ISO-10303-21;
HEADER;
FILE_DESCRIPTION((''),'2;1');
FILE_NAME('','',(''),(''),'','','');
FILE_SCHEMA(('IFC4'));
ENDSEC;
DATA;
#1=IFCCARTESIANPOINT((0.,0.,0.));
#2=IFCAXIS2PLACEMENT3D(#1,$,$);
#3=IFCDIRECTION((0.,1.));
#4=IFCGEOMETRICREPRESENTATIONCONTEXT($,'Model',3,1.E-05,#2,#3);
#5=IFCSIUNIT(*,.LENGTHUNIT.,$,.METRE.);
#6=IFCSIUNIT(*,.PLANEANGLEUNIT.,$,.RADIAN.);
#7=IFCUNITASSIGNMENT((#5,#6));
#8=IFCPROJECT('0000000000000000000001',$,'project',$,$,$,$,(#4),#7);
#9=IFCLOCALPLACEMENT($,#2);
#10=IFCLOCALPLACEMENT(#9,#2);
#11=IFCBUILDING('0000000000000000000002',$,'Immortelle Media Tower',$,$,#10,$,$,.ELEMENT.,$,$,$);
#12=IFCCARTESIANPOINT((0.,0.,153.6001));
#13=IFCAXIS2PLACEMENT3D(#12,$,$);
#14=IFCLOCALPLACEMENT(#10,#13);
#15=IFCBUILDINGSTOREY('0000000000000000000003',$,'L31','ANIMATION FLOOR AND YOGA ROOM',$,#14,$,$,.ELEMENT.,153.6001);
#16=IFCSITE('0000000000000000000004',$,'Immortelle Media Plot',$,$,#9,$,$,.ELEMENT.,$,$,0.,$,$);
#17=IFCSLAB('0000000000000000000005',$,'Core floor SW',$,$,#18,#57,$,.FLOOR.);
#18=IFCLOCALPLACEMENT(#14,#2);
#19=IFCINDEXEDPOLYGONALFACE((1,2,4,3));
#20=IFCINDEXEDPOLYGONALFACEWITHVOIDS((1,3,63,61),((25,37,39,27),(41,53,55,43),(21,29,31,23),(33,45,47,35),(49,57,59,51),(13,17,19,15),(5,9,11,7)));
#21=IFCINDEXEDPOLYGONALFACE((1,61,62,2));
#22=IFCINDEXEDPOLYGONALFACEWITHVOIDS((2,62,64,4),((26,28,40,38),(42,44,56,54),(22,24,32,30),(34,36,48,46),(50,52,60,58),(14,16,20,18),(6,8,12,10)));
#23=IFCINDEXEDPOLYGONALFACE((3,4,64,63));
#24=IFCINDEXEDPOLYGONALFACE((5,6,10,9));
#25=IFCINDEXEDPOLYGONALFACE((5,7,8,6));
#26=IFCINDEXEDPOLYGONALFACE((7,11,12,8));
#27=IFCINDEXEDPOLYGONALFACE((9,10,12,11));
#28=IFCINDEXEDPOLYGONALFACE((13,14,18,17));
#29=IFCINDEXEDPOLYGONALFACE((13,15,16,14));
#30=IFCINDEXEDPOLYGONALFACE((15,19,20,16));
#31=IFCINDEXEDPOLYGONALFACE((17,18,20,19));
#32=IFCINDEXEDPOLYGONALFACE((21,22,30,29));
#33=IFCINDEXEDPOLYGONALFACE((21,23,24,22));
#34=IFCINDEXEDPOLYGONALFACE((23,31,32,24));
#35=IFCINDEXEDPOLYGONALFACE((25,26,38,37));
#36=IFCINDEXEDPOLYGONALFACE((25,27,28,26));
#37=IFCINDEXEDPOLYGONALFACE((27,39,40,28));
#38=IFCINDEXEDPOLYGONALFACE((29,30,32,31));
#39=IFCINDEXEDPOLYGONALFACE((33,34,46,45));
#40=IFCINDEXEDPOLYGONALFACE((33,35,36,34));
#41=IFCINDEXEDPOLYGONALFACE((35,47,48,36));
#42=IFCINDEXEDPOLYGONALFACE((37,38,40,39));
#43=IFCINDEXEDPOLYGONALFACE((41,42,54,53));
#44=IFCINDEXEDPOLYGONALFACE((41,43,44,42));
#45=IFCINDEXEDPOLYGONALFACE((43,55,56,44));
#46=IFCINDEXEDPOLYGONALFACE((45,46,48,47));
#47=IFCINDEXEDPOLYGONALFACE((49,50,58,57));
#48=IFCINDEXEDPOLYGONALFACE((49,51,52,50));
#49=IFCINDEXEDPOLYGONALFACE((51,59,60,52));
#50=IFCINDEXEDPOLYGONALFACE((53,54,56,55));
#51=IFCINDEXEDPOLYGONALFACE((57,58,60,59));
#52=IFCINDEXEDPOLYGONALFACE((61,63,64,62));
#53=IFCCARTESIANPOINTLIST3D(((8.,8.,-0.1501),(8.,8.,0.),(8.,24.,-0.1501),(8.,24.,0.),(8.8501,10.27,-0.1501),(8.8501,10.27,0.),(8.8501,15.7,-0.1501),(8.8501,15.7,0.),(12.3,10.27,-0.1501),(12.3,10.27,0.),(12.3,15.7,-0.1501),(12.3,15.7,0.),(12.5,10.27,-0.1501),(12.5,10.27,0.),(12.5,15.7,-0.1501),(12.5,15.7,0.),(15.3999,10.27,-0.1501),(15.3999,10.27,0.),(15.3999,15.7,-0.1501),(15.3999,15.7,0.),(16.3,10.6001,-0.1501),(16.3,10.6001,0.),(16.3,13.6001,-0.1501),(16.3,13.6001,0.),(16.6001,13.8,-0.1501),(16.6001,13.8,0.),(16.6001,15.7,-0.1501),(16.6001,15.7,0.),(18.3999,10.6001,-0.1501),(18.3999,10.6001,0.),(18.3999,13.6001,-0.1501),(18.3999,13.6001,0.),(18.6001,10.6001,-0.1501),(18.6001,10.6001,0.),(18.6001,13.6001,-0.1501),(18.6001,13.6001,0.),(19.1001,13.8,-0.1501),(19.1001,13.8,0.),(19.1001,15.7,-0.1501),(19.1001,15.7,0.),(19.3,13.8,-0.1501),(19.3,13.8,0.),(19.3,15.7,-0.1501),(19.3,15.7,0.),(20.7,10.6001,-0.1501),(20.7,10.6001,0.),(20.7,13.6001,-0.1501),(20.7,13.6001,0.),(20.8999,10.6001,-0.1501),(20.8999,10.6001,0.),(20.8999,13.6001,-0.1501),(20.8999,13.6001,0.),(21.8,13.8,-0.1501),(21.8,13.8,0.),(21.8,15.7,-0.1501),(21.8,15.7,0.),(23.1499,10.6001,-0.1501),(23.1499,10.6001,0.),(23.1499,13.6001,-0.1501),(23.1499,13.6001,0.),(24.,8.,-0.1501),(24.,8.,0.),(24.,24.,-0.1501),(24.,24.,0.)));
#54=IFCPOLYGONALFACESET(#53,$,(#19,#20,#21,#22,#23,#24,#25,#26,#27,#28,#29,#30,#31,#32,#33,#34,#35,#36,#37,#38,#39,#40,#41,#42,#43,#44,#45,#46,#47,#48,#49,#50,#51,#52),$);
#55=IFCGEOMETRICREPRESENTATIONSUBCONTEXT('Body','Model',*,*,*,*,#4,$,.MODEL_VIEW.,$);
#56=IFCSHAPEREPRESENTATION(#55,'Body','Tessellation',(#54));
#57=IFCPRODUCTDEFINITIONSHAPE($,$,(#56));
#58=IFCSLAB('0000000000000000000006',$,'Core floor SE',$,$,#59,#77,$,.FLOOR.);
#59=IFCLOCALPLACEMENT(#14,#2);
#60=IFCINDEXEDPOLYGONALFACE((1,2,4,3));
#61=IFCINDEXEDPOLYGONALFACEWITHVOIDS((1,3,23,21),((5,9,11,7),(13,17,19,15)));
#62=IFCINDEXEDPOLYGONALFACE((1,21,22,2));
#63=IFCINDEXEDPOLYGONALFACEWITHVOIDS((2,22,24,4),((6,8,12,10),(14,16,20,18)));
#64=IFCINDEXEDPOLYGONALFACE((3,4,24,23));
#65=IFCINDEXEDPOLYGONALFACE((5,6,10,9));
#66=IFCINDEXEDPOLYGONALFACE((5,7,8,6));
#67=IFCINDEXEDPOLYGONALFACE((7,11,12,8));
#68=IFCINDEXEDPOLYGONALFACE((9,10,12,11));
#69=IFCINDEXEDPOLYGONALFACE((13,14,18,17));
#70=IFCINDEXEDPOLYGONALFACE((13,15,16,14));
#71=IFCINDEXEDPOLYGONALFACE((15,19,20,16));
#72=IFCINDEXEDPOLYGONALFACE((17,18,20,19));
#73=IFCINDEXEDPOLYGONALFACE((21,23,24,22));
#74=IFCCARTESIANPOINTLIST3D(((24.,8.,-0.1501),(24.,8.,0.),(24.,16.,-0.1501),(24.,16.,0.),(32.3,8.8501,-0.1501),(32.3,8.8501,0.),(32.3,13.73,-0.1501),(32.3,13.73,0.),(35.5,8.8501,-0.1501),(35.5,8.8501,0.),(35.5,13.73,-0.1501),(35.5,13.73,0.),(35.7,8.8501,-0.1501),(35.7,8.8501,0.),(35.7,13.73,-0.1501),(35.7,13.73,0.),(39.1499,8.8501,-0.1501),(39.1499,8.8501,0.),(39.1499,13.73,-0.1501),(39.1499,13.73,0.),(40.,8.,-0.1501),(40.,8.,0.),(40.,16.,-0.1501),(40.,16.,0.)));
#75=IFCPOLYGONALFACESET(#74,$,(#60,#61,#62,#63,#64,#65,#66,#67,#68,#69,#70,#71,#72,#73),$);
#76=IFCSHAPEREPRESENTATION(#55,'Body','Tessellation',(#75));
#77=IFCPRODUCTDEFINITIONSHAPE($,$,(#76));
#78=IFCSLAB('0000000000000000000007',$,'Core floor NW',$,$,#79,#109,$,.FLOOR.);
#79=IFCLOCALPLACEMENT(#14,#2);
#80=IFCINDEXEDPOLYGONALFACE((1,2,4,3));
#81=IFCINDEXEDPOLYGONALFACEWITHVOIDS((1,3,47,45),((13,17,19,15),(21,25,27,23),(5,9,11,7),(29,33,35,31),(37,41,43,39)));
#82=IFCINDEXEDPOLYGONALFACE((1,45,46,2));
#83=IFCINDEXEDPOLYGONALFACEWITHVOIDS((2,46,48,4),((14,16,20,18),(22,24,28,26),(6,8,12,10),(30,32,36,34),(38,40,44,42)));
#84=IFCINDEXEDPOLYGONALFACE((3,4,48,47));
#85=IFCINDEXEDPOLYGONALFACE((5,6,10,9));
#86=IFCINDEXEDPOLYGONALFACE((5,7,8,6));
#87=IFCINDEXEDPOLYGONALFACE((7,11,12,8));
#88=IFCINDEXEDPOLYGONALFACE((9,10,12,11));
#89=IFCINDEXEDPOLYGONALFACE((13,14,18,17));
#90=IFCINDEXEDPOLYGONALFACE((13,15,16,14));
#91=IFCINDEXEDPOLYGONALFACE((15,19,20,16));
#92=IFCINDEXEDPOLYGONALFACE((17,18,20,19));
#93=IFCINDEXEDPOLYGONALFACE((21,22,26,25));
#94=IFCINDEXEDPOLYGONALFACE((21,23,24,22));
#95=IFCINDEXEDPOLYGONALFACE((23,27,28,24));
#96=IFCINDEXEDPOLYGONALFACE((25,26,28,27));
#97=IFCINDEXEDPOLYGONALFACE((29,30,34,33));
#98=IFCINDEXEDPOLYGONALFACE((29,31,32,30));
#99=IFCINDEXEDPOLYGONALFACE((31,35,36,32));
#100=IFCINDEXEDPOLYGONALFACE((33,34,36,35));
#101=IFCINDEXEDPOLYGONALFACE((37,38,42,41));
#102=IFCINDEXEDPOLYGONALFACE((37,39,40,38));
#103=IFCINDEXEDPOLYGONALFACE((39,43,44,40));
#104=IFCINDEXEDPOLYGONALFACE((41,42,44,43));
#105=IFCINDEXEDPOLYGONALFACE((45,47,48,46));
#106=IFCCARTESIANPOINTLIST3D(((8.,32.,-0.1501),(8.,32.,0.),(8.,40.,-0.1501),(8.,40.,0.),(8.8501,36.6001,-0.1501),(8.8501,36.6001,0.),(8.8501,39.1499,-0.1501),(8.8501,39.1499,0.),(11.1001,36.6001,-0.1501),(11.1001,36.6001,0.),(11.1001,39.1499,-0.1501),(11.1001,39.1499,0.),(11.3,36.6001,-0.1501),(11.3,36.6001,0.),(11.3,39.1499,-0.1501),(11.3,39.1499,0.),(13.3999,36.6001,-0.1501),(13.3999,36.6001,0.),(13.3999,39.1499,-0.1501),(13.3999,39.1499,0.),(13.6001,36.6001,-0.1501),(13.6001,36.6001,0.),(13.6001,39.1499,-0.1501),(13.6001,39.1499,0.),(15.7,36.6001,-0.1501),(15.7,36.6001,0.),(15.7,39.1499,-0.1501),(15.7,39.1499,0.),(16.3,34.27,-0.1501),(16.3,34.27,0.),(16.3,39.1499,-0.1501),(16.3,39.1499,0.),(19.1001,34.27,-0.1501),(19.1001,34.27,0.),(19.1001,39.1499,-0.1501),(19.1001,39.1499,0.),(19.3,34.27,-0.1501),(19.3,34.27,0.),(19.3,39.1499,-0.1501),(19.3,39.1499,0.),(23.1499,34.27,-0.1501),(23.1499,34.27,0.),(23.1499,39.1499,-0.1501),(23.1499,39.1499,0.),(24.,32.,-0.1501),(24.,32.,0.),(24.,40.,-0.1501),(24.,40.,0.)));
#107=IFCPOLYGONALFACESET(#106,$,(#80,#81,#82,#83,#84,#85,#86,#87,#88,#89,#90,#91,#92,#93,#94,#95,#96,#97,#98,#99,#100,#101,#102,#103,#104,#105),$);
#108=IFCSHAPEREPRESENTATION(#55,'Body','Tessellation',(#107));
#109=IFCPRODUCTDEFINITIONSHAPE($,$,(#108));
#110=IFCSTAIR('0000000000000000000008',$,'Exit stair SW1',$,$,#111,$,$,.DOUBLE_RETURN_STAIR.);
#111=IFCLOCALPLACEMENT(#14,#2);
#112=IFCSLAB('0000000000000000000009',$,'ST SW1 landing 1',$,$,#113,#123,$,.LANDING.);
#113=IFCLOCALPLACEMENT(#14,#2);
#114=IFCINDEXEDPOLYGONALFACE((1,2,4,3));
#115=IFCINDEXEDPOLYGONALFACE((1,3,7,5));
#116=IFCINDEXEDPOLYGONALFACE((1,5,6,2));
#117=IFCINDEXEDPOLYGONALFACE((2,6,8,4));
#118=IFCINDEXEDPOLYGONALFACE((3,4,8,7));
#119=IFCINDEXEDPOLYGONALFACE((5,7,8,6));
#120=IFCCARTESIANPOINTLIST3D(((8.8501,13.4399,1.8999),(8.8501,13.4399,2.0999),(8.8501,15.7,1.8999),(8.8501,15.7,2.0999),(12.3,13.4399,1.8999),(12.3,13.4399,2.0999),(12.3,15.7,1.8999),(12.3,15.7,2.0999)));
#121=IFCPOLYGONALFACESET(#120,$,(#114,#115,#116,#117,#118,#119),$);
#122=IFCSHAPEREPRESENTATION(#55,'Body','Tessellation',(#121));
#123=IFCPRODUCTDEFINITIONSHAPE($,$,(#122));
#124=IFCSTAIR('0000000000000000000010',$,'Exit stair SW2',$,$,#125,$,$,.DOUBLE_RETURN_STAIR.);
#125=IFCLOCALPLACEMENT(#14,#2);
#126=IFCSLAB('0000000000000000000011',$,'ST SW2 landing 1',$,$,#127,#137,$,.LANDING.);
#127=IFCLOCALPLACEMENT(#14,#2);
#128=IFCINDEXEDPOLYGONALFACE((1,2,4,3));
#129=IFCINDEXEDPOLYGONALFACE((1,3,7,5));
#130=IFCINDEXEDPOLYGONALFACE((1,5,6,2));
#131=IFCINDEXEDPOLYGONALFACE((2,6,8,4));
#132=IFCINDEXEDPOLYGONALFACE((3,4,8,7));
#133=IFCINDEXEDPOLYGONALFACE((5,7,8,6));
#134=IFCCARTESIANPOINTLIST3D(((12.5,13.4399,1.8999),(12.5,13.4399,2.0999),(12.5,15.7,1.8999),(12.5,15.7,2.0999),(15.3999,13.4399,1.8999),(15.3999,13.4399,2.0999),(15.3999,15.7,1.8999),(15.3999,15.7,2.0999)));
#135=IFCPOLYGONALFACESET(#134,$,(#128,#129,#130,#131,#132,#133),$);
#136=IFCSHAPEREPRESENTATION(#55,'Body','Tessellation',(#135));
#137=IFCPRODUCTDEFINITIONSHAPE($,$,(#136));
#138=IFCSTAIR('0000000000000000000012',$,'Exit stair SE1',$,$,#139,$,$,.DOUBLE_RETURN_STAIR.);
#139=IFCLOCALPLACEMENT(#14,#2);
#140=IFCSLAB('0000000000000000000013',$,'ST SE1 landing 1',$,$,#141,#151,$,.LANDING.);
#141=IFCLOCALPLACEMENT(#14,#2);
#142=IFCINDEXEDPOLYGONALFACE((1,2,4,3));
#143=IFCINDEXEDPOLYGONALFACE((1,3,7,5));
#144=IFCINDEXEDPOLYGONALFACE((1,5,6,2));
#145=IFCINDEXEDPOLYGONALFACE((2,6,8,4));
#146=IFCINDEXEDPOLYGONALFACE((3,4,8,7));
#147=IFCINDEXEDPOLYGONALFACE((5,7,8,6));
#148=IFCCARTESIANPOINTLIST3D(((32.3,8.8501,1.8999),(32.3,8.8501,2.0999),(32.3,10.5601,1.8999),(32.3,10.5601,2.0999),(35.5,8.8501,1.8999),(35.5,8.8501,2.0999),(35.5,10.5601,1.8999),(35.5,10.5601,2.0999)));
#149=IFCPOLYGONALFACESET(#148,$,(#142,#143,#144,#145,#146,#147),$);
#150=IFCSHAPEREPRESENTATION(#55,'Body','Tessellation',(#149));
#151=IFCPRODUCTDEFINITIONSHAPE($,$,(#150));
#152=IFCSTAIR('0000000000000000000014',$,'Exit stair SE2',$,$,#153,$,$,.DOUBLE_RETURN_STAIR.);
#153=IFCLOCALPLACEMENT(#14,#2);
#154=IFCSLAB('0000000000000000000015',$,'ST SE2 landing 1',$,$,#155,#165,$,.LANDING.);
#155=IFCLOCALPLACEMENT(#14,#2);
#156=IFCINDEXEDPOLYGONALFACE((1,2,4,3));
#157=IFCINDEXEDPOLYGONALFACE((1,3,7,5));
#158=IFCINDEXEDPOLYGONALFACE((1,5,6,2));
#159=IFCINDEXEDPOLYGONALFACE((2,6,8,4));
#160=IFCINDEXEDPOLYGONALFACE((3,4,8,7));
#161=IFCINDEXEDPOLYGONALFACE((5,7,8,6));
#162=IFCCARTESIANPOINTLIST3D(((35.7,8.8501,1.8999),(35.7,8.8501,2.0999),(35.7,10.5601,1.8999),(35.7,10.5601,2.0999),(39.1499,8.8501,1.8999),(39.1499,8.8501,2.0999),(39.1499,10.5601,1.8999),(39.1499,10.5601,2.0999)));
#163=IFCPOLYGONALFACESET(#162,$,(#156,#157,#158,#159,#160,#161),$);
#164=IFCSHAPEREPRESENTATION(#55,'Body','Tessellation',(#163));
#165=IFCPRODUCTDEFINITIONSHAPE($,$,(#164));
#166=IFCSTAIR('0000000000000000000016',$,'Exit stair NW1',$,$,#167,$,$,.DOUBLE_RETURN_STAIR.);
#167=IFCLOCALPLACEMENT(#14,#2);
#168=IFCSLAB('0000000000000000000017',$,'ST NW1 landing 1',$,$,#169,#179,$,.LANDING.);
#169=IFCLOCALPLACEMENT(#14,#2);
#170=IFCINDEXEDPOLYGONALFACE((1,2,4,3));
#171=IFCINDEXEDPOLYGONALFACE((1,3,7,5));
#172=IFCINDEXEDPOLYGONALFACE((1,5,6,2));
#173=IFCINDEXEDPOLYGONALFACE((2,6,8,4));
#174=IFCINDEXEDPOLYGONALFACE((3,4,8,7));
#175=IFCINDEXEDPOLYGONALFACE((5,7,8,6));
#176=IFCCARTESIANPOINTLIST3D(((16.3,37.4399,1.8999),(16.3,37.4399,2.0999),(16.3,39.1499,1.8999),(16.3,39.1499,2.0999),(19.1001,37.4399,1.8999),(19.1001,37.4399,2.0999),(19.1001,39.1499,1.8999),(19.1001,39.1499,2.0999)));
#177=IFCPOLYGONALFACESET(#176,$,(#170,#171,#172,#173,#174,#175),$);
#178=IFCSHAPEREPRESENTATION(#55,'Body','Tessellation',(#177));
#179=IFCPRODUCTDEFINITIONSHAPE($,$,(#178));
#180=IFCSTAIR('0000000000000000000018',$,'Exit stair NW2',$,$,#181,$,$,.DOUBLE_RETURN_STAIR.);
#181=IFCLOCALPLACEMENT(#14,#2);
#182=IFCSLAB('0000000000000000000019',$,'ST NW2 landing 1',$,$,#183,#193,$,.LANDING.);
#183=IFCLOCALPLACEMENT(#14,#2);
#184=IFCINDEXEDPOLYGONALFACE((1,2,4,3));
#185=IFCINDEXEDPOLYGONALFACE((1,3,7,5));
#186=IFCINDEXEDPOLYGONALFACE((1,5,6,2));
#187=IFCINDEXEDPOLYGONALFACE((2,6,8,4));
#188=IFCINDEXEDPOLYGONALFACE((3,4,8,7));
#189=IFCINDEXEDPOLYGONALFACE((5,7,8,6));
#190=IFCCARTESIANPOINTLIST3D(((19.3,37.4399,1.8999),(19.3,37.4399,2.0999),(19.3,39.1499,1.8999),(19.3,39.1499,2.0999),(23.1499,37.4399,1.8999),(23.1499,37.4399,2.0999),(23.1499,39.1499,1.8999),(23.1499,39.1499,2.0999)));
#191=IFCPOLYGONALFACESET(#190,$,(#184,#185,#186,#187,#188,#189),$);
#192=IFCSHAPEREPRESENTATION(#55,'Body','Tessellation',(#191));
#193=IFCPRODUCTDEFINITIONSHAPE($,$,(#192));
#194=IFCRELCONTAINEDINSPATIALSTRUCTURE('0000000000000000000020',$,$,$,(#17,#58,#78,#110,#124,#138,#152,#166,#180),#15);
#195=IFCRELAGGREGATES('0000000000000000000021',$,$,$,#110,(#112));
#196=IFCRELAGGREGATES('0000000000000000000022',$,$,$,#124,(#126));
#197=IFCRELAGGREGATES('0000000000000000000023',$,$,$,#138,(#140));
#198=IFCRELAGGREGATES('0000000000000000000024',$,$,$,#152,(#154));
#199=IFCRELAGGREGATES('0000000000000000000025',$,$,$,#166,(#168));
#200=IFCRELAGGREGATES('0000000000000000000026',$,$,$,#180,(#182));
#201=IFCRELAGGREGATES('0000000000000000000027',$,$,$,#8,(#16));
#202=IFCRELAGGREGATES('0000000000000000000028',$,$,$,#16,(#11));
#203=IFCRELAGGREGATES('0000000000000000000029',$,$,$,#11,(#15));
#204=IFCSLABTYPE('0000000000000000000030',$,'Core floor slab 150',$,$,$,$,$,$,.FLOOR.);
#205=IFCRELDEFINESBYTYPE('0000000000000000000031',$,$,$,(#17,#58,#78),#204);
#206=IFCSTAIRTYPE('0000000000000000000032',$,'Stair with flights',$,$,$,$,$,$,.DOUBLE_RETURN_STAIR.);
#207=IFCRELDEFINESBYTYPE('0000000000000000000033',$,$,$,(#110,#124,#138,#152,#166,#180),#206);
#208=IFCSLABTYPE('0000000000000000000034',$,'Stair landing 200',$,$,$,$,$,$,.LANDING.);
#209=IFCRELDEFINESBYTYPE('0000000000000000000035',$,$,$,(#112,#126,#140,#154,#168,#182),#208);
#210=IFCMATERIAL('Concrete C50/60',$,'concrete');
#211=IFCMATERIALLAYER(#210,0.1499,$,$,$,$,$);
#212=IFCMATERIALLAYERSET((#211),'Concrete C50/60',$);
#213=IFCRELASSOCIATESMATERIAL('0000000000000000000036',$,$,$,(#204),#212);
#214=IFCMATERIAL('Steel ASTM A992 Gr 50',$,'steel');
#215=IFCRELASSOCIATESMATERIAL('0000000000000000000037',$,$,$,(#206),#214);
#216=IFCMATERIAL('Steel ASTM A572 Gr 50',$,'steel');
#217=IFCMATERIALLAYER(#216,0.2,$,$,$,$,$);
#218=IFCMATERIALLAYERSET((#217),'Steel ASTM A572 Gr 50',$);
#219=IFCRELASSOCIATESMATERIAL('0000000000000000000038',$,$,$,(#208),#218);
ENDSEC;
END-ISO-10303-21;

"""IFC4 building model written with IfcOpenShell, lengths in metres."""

from ifc_helpers import new_model, si_unit, direction, frame, origin, place, context, subcontext, project, spatial, polyline, outline, extrude, material, layer, layer_set, type_object, element, aggregate, save


model = new_model("IFC4")

# Units and contexts
model_context = context("Model", 3, precision=1e-05, world=origin(), true_north=direction((0.0, 1.0)))
body_context = subcontext(model_context, "Body", "Model", "MODEL_VIEW")
ifc_project = project(units=[si_unit("LENGTHUNIT", "METRE"), si_unit("PLANEANGLEUNIT", "RADIAN")], contexts=[model_context])

# Site, building, storey
site_placement = place(None, origin())
site = spatial("IfcSite", under=ifc_project, at=site_placement, Name="Immortelle Media Plot", CompositionType="ELEMENT", RefElevation=0.0)
building_placement = place(site_placement, origin())
building = spatial("IfcBuilding", under=site, at=building_placement, Name="Immortelle Media Tower", CompositionType="ELEMENT")
storey_placement = place(building_placement, frame((0.0, 0.0, 153.6001)))
storey = spatial("IfcBuildingStorey", under=building, at=storey_placement, Name="L31", Description="ANIMATION FLOOR AND YOGA ROOM", CompositionType="ELEMENT", Elevation=153.6001)

# Slabs
ifc_material_1 = material(Name="Concrete C50/60", Category="concrete")
ifc_layer_1 = layer(ifc_material_1, 0.1499)
ifc_layer_set_1 = layer_set([ifc_layer_1], Name="Concrete C50/60")
slab_type_1 = type_object("IfcSlabType", Name="Core floor slab 150", PredefinedType="FLOOR", material=ifc_layer_set_1)
slab_1_placement = place(storey_placement, frame((0.0, 0.0, -0.1501)))
element("IfcSlab", 1, at=slab_1_placement, inside=storey, type_object=slab_type_1, Name="Core floor SW", PredefinedType="FLOOR", context=body_context, shape_type="SweptSolid", body=[
    extrude(outline(polyline([(8.0, 8.0), (24.0, 8.0), (24.0, 24.0), (8.0, 24.0), (8.0, 8.0)]), holes=[polyline([(16.6001, 13.8), (19.1001, 13.8), (19.1001, 15.7), (16.6001, 15.7), (16.6001, 13.8)]), polyline([(19.3, 13.8), (21.8, 13.8), (21.8, 15.7), (19.3, 15.7), (19.3, 13.8)]), polyline([(16.3, 10.6001), (18.3999, 10.6001), (18.3999, 13.6001), (16.3, 13.6001), (16.3, 10.6001)]), polyline([(18.6001, 10.6001), (20.7, 10.6001), (20.7, 13.6001), (18.6001, 13.6001), (18.6001, 10.6001)]), polyline([(20.8999, 10.6001), (23.1499, 10.6001), (23.1499, 13.6001), (20.8999, 13.6001), (20.8999, 10.6001)]), polyline([(8.8501, 10.27), (12.3, 10.27), (12.3, 15.7), (8.8501, 15.7), (8.8501, 10.27)]), polyline([(12.5, 10.27), (15.3999, 10.27), (15.3999, 15.7), (12.5, 15.7), (12.5, 10.27)])]), origin(), (0.0, 0.0, 1.0), 0.1501),
])
slab_2_placement = place(storey_placement, frame((0.0, 0.0, -0.1501)))
element("IfcSlab", 2, at=slab_2_placement, inside=storey, type_object=slab_type_1, Name="Core floor SE", PredefinedType="FLOOR", context=body_context, shape_type="SweptSolid", body=[
    extrude(outline(polyline([(24.0, 8.0), (40.0, 8.0), (40.0, 16.0), (24.0, 16.0), (24.0, 8.0)]), holes=[polyline([(32.3, 8.8501), (35.5, 8.8501), (35.5, 13.73), (32.3, 13.73), (32.3, 8.8501)]), polyline([(35.7, 8.8501), (39.1499, 8.8501), (39.1499, 13.73), (35.7, 13.73), (35.7, 8.8501)])]), origin(), (0.0, 0.0, 1.0), 0.1501),
])
slab_3_placement = place(storey_placement, frame((0.0, 0.0, -0.1501)))
element("IfcSlab", 3, at=slab_3_placement, inside=storey, type_object=slab_type_1, Name="Core floor NW", PredefinedType="FLOOR", context=body_context, shape_type="SweptSolid", body=[
    extrude(outline(polyline([(8.0, 32.0), (24.0, 32.0), (24.0, 40.0), (8.0, 40.0), (8.0, 32.0)]), holes=[polyline([(8.8501, 36.6001), (11.1001, 36.6001), (11.1001, 39.1499), (8.8501, 39.1499), (8.8501, 36.6001)]), polyline([(11.3, 36.6001), (13.3999, 36.6001), (13.3999, 39.1499), (11.3, 39.1499), (11.3, 36.6001)]), polyline([(13.6001, 36.6001), (15.7, 36.6001), (15.7, 39.1499), (13.6001, 39.1499), (13.6001, 36.6001)]), polyline([(16.3, 34.27), (19.1001, 34.27), (19.1001, 39.1499), (16.3, 39.1499), (16.3, 34.27)]), polyline([(19.3, 34.27), (23.1499, 34.27), (23.1499, 39.1499), (19.3, 39.1499), (19.3, 34.27)])]), origin(), (0.0, 0.0, 1.0), 0.1501),
])

# Stairs, slabs
ifc_material_2 = material(Name="Steel ASTM A992 Gr 50", Category="steel")
stair_type = type_object("IfcStairType", Name="Stair with flights", PredefinedType="DOUBLE_RETURN_STAIR", material=ifc_material_2)
stair_1_placement = place(storey_placement, origin())
stair_1 = element("IfcStair", 4, at=stair_1_placement, inside=storey, type_object=stair_type, Name="Exit stair SW1", PredefinedType="DOUBLE_RETURN_STAIR")
ifc_material_3 = material(Name="Steel ASTM A572 Gr 50", Category="steel")
ifc_layer_2 = layer(ifc_material_3, 0.2)
ifc_layer_set_2 = layer_set([ifc_layer_2], Name="Steel ASTM A572 Gr 50")
slab_type_2 = type_object("IfcSlabType", Name="Stair landing 200", PredefinedType="LANDING", material=ifc_layer_set_2)
slab_4_placement = place(storey_placement, frame((0.0, 0.0, 1.8999)))
slab_4 = element("IfcSlab", 5, at=slab_4_placement, type_object=slab_type_2, Name="ST SW1 landing 1", PredefinedType="LANDING", context=body_context, shape_type="SweptSolid", body=[
    extrude(outline(polyline([(8.8501, 13.4399), (12.3, 13.4399), (12.3, 15.7), (8.8501, 15.7), (8.8501, 13.4399)])), origin(), (0.0, 0.0, 1.0), 0.2),
])
aggregate(stair_1, [slab_4])
stair_2_placement = place(storey_placement, origin())
stair_2 = element("IfcStair", 6, at=stair_2_placement, inside=storey, type_object=stair_type, Name="Exit stair SW2", PredefinedType="DOUBLE_RETURN_STAIR")
slab_5_placement = place(storey_placement, frame((0.0, 0.0, 1.8999)))
slab_5 = element("IfcSlab", 7, at=slab_5_placement, type_object=slab_type_2, Name="ST SW2 landing 1", PredefinedType="LANDING", context=body_context, shape_type="SweptSolid", body=[
    extrude(outline(polyline([(12.5, 13.4399), (15.3999, 13.4399), (15.3999, 15.7), (12.5, 15.7), (12.5, 13.4399)])), origin(), (0.0, 0.0, 1.0), 0.2),
])
aggregate(stair_2, [slab_5])
stair_3_placement = place(storey_placement, origin())
stair_3 = element("IfcStair", 8, at=stair_3_placement, inside=storey, type_object=stair_type, Name="Exit stair SE1", PredefinedType="DOUBLE_RETURN_STAIR")
slab_6_placement = place(storey_placement, frame((0.0, 0.0, 1.8999)))
slab_6 = element("IfcSlab", 9, at=slab_6_placement, type_object=slab_type_2, Name="ST SE1 landing 1", PredefinedType="LANDING", context=body_context, shape_type="SweptSolid", body=[
    extrude(outline(polyline([(32.3, 8.8501), (35.5, 8.8501), (35.5, 10.5601), (32.3, 10.5601), (32.3, 8.8501)])), origin(), (0.0, 0.0, 1.0), 0.2),
])
aggregate(stair_3, [slab_6])
stair_4_placement = place(storey_placement, origin())
stair_4 = element("IfcStair", 10, at=stair_4_placement, inside=storey, type_object=stair_type, Name="Exit stair SE2", PredefinedType="DOUBLE_RETURN_STAIR")
slab_7_placement = place(storey_placement, frame((0.0, 0.0, 1.8999)))
slab_7 = element("IfcSlab", 11, at=slab_7_placement, type_object=slab_type_2, Name="ST SE2 landing 1", PredefinedType="LANDING", context=body_context, shape_type="SweptSolid", body=[
    extrude(outline(polyline([(35.7, 8.8501), (39.1499, 8.8501), (39.1499, 10.5601), (35.7, 10.5601), (35.7, 8.8501)])), origin(), (0.0, 0.0, 1.0), 0.2),
])
aggregate(stair_4, [slab_7])
stair_5_placement = place(storey_placement, origin())
stair_5 = element("IfcStair", 12, at=stair_5_placement, inside=storey, type_object=stair_type, Name="Exit stair NW1", PredefinedType="DOUBLE_RETURN_STAIR")
slab_8_placement = place(storey_placement, frame((0.0, 0.0, 1.8999)))
slab_8 = element("IfcSlab", 13, at=slab_8_placement, type_object=slab_type_2, Name="ST NW1 landing 1", PredefinedType="LANDING", context=body_context, shape_type="SweptSolid", body=[
    extrude(outline(polyline([(16.3, 37.4399), (19.1001, 37.4399), (19.1001, 39.1499), (16.3, 39.1499), (16.3, 37.4399)])), origin(), (0.0, 0.0, 1.0), 0.2),
])
aggregate(stair_5, [slab_8])
stair_6_placement = place(storey_placement, origin())
stair_6 = element("IfcStair", 14, at=stair_6_placement, inside=storey, type_object=stair_type, Name="Exit stair NW2", PredefinedType="DOUBLE_RETURN_STAIR")
slab_9_placement = place(storey_placement, frame((0.0, 0.0, 1.8999)))
slab_9 = element("IfcSlab", 15, at=slab_9_placement, type_object=slab_type_2, Name="ST NW2 landing 1", PredefinedType="LANDING", context=body_context, shape_type="SweptSolid", body=[
    extrude(outline(polyline([(19.3, 37.4399), (23.1499, 37.4399), (23.1499, 39.1499), (19.3, 39.1499), (19.3, 37.4399)])), origin(), (0.0, 0.0, 1.0), 0.2),
])
aggregate(stair_6, [slab_9])

save(model, "model.ifc")
